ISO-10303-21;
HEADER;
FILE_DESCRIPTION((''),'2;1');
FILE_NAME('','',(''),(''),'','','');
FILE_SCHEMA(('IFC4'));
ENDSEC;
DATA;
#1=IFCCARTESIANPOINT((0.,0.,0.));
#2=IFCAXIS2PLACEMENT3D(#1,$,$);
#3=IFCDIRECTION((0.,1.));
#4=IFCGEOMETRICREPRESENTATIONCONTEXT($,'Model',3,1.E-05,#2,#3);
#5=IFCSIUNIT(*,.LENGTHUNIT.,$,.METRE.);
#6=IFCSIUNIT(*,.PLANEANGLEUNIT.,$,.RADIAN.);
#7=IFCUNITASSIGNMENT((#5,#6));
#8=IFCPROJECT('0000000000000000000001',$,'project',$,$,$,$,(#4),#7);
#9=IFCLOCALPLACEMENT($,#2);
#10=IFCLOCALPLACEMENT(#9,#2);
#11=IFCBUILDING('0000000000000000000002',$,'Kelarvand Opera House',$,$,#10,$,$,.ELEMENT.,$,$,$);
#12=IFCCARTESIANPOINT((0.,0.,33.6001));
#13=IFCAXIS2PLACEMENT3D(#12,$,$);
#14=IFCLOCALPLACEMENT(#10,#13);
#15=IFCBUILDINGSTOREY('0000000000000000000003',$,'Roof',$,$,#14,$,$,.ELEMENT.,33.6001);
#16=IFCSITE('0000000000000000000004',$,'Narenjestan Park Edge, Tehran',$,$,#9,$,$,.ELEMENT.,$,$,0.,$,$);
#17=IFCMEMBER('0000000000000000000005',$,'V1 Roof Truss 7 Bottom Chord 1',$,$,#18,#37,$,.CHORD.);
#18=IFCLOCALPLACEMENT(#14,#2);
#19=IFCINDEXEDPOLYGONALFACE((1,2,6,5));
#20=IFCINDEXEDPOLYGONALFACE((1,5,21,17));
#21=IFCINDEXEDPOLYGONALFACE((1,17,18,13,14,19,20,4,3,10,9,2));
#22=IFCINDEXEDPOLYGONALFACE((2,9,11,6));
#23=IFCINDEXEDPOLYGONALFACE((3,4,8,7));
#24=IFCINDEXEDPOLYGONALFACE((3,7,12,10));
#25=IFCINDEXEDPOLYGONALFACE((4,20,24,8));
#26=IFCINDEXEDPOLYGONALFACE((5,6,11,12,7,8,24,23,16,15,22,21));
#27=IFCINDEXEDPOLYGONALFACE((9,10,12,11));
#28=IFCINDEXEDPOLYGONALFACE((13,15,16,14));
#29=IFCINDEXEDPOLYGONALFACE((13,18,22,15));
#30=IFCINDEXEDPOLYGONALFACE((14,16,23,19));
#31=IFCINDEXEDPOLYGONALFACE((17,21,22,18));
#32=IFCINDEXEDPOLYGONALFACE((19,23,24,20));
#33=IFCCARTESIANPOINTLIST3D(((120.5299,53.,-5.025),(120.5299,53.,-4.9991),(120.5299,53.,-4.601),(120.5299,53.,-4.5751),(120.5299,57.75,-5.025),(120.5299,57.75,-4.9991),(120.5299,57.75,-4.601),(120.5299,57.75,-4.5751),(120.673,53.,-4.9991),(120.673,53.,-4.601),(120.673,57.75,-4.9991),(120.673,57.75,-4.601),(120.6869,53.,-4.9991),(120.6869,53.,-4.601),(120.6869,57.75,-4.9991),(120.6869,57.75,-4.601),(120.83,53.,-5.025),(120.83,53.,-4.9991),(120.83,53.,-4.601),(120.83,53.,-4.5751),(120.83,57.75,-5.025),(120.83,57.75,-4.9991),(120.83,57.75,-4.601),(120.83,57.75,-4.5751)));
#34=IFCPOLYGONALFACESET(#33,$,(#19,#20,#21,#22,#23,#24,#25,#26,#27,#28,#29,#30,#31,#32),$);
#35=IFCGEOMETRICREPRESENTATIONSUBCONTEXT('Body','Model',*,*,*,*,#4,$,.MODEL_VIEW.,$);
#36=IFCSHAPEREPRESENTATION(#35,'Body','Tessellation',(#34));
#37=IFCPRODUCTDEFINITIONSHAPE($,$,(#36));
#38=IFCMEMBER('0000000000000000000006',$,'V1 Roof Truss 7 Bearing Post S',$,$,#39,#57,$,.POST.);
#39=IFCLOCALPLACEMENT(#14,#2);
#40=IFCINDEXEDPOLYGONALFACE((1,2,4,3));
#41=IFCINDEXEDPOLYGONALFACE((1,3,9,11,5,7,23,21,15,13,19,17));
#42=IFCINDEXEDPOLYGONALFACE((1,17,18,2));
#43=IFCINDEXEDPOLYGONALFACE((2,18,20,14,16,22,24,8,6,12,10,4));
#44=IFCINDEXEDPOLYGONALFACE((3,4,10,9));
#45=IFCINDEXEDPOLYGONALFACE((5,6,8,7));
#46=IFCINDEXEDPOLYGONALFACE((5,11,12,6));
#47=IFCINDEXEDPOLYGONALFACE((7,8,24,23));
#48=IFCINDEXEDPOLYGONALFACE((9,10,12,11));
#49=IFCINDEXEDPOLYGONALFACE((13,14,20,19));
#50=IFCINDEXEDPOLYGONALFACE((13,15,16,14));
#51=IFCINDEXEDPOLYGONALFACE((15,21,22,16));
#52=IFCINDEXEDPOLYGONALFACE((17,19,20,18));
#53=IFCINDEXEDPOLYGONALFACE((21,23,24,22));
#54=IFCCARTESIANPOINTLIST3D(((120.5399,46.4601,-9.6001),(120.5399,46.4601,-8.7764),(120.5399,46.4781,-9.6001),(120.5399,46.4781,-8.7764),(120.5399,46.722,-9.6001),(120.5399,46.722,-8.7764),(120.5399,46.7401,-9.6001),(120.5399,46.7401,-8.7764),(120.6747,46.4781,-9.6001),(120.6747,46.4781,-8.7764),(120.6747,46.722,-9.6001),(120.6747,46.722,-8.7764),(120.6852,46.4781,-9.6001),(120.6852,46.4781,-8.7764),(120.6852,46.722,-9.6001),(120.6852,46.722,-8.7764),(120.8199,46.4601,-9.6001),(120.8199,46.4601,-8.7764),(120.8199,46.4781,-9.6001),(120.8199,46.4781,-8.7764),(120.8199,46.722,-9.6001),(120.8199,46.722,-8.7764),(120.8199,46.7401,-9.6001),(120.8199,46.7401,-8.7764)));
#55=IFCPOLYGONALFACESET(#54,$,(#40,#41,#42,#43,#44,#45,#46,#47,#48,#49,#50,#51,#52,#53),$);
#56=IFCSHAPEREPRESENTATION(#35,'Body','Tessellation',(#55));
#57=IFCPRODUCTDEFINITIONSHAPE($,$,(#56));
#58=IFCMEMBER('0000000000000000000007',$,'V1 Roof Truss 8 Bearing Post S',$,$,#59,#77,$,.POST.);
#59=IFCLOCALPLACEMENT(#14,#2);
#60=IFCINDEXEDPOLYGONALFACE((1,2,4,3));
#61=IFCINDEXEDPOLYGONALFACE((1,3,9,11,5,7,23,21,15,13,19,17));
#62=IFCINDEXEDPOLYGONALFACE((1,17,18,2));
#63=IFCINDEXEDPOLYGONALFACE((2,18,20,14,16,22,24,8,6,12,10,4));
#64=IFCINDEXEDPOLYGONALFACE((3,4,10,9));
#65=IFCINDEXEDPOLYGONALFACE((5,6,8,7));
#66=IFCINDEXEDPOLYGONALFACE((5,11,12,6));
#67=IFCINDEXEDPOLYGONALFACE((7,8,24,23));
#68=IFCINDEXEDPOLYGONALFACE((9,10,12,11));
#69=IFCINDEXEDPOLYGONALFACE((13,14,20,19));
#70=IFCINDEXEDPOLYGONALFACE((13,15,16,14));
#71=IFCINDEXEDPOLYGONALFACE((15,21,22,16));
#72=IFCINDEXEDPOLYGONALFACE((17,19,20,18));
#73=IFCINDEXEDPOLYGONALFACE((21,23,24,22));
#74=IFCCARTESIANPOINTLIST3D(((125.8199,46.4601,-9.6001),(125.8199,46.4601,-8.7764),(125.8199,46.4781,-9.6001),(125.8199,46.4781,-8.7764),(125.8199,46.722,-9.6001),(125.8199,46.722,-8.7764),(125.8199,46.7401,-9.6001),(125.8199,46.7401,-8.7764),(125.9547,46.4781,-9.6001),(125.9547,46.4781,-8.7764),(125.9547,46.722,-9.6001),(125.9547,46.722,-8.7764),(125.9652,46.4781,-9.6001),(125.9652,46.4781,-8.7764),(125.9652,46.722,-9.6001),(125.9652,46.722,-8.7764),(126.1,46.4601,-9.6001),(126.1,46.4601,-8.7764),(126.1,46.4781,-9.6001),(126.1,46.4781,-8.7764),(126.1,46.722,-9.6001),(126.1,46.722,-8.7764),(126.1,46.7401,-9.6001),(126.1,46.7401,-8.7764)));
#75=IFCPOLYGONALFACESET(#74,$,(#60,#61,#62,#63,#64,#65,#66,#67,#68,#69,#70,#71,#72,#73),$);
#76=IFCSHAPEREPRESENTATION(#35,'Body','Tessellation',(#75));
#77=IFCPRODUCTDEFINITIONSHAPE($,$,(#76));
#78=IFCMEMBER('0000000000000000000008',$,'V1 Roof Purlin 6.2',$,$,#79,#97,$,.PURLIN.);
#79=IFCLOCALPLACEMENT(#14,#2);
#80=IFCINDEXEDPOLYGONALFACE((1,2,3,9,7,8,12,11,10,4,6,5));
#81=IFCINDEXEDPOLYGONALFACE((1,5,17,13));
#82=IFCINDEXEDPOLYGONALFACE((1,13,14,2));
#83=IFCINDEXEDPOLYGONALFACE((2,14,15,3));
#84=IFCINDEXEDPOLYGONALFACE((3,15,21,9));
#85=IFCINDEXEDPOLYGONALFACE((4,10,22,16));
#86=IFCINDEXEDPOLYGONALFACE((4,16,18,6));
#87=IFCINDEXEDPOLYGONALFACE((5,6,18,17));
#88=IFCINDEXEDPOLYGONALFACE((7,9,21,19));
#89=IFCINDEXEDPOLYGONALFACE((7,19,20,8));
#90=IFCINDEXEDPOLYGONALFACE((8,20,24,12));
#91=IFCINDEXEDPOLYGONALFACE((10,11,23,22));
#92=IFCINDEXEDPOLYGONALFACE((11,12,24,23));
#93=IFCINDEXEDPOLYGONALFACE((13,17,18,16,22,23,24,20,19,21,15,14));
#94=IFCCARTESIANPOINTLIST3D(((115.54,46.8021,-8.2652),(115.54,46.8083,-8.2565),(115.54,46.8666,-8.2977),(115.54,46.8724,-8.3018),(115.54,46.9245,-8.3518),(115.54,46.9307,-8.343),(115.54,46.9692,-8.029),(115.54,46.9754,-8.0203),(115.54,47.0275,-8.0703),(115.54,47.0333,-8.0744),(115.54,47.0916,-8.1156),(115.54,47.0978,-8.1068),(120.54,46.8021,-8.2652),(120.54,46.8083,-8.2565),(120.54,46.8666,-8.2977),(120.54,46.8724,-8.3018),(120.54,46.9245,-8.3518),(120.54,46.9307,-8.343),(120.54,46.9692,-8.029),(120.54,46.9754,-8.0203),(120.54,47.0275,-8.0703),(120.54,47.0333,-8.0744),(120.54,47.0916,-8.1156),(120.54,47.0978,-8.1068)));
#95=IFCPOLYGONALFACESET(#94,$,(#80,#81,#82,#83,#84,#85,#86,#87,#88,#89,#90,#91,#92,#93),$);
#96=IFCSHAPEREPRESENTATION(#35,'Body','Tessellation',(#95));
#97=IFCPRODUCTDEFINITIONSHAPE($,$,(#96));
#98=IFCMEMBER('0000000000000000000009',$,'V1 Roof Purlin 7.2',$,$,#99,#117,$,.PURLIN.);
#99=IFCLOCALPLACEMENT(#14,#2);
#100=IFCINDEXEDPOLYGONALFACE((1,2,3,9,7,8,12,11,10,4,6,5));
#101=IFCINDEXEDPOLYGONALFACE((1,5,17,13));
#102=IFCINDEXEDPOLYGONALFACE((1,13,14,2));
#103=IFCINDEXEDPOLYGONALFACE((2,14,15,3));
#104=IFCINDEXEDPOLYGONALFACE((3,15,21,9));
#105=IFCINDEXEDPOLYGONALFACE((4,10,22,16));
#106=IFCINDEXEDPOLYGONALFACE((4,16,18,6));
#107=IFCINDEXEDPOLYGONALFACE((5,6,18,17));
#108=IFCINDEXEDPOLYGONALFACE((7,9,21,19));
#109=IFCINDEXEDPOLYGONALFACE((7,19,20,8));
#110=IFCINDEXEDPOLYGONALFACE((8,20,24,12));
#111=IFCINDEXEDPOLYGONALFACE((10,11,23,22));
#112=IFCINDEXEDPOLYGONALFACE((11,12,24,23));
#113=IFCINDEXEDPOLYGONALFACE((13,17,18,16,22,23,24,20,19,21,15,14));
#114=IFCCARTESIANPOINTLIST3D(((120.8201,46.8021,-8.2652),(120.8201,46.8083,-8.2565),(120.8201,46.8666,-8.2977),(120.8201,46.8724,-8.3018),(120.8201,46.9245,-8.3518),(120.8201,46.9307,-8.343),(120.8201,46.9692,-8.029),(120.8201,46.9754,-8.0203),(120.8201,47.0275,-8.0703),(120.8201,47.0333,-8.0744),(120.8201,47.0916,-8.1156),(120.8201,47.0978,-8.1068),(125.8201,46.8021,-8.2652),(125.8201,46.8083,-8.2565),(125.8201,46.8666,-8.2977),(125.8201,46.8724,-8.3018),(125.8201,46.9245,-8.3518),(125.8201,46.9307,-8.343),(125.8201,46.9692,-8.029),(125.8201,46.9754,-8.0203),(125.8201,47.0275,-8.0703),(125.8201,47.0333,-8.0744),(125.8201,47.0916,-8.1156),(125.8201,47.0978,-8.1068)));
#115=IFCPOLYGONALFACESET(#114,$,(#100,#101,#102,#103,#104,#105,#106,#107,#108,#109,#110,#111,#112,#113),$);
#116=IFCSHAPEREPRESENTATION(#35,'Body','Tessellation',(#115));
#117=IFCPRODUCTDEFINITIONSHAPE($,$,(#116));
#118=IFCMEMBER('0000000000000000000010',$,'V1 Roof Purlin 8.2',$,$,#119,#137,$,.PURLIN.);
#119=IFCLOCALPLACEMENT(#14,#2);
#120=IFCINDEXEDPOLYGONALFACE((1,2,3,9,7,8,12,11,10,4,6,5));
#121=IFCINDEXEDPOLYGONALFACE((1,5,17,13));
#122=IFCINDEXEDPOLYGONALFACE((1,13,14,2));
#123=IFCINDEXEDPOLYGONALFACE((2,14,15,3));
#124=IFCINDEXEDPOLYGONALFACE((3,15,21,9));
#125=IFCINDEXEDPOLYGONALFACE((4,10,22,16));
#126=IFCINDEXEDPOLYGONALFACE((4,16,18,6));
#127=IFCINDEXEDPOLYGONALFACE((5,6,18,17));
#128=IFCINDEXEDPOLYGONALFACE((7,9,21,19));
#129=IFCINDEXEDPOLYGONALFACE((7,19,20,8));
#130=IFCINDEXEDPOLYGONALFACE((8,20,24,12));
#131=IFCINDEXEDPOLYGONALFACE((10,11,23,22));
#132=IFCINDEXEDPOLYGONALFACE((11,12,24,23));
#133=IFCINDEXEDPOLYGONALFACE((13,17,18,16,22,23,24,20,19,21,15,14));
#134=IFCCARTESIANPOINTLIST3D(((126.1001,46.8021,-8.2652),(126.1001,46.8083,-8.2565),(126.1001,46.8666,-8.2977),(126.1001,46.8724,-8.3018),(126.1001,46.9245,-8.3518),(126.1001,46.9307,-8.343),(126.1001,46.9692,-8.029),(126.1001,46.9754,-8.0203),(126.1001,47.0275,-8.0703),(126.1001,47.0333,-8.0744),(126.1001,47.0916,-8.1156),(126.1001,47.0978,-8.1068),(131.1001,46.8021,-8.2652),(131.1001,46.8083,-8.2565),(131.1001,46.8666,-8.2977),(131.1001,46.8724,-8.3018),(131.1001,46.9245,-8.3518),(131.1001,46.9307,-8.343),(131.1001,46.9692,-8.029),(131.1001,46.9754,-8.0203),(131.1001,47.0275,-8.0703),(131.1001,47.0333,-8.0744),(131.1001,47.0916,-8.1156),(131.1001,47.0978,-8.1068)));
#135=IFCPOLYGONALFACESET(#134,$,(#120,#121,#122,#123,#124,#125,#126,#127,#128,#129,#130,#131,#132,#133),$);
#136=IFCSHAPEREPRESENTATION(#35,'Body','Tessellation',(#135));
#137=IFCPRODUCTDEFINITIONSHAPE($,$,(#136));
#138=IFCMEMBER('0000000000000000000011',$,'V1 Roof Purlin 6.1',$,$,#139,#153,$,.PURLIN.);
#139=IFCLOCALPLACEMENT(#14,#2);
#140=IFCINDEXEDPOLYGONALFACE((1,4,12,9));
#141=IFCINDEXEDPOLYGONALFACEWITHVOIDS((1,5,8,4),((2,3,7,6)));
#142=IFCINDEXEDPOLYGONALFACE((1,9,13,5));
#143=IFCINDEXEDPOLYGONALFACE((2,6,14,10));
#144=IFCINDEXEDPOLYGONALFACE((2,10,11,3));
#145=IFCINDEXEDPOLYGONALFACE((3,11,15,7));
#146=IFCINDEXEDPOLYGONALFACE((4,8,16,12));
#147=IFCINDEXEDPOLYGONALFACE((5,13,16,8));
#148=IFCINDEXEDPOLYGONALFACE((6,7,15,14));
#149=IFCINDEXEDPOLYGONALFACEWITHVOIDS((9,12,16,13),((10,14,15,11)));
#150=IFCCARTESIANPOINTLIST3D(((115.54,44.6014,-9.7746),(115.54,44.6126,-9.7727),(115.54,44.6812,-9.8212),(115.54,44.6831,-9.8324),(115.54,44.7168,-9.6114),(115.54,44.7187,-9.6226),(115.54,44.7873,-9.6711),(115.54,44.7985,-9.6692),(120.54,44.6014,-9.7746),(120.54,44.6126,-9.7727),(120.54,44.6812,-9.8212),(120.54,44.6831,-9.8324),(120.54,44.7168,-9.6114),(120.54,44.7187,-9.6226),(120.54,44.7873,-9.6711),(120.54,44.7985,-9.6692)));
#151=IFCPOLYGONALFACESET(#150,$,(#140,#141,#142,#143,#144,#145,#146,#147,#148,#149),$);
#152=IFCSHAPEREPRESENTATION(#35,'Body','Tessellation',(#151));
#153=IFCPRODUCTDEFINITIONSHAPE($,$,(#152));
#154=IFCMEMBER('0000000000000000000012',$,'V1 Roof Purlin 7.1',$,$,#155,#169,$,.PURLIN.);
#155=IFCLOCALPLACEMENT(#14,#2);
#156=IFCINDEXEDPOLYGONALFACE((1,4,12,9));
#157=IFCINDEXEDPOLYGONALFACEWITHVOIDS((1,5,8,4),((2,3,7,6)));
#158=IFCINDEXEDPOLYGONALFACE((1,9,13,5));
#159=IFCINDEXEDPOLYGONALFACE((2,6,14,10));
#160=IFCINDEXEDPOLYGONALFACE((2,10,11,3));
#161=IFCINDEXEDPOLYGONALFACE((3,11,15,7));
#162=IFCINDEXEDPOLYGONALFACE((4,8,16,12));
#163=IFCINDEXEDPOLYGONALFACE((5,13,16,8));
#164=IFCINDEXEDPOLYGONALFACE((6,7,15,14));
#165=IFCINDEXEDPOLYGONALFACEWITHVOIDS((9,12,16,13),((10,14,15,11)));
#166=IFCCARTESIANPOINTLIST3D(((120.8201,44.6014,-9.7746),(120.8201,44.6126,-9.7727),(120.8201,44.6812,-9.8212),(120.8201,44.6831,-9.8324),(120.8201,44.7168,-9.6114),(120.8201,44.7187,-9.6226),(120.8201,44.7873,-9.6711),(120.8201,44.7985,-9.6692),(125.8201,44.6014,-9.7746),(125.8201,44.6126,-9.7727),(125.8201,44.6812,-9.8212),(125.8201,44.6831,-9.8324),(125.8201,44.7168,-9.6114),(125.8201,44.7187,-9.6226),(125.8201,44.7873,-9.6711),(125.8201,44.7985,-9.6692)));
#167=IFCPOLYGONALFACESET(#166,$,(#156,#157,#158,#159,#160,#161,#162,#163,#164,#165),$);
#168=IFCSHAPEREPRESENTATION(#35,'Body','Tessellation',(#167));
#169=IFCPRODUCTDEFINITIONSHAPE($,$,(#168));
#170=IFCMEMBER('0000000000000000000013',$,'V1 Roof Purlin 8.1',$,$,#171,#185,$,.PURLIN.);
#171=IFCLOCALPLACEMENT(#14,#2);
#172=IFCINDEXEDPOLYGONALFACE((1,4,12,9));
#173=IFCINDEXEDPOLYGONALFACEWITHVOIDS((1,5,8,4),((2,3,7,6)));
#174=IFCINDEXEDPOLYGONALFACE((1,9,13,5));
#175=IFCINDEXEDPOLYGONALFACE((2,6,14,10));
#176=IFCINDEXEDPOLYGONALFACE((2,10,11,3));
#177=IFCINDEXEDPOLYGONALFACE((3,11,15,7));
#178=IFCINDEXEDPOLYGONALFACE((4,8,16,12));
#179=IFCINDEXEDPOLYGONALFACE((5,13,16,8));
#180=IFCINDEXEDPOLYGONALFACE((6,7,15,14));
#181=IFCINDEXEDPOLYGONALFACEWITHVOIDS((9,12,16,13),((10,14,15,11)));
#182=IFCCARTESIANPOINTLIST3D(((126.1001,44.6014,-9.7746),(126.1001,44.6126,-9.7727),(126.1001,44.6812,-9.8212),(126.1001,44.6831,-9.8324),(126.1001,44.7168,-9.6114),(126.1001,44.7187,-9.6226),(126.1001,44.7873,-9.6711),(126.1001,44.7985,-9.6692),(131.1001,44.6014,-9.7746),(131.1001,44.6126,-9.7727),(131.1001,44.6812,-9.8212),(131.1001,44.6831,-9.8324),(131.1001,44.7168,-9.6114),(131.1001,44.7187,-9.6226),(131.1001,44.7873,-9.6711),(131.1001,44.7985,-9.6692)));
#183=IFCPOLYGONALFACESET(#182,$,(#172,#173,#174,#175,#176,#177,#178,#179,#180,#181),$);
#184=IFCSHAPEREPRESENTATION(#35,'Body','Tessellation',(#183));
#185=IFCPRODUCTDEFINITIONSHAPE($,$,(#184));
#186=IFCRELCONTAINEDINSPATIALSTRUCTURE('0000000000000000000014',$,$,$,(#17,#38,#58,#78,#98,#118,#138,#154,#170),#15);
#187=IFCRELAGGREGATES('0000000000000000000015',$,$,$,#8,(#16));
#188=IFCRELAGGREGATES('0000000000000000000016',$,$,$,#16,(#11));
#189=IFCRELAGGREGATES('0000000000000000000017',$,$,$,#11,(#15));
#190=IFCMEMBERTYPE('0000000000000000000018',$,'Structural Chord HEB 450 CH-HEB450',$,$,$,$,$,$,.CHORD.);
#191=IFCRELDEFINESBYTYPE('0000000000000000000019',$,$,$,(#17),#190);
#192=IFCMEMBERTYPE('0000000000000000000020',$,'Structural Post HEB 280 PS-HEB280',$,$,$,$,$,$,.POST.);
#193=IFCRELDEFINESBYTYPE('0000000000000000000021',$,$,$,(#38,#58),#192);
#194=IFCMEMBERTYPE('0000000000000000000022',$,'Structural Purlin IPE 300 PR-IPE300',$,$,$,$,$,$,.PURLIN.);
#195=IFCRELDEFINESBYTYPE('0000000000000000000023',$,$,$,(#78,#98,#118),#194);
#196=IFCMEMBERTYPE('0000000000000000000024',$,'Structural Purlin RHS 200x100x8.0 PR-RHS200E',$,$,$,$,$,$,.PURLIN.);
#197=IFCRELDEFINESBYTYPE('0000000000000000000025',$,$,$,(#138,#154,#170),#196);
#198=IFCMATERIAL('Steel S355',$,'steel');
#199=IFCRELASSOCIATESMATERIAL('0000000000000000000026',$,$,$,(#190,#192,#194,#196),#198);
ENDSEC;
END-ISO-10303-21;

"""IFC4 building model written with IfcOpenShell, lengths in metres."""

from ifc_helpers import new_model, si_unit, direction, frame, origin, origin_2d, place, context, subcontext, project, spatial, hollow_rectangle, i_section, extrude, material, material_profile, profile_set, type_object, element, save


model = new_model("IFC4")

# Units and contexts
model_context = context("Model", 3, precision=1e-05, world=origin(), true_north=direction((0.0, 1.0)))
body_context = subcontext(model_context, "Body", "Model", "MODEL_VIEW")
ifc_project = project(units=[si_unit("LENGTHUNIT", "METRE"), si_unit("PLANEANGLEUNIT", "RADIAN")], contexts=[model_context])

# Site, building, storey
site_placement = place(None, origin())
site = spatial("IfcSite", under=ifc_project, at=site_placement, Name="Narenjestan Park Edge, Tehran", CompositionType="ELEMENT", RefElevation=0.0)
building_placement = place(site_placement, origin())
building = spatial("IfcBuilding", under=site, at=building_placement, Name="Kelarvand Opera House", CompositionType="ELEMENT")
storey_placement = place(building_placement, frame((0.0, 0.0, 33.6001)))
storey = spatial("IfcBuildingStorey", under=building, at=storey_placement, Name="Roof", CompositionType="ELEMENT", Elevation=33.6001)

# Members
ifc_material = material(Name="Steel S355", Category="steel")
ifc_material_profile_1 = material_profile(ifc_material, i_section(OverallWidth=0.3, OverallDepth=0.45, WebThickness=0.0139, FlangeThickness=0.0259, at=origin_2d()), Name="HEB 450", Category="steel")
ifc_profile_set_1 = profile_set([ifc_material_profile_1], Name="Steel S355")
member_type_1 = type_object("IfcMemberType", Name="Structural Chord HEB 450 CH-HEB450", PredefinedType="CHORD", material=ifc_profile_set_1)
for number, where, z_axis, x_axis, name in (
    (1, (120.6799, 53.0, -4.8), (0.0, 1.0, 0.0), (-1.0, 0.0, 0.0), "V1 Roof Truss 7 Bottom Chord 1"),
):
    element("IfcMember", number, at=place(storey_placement, frame(where, z_axis=z_axis, x_axis=x_axis)), inside=storey, type_object=member_type_1, Name=name, PredefinedType="CHORD", context=body_context, shape_type="SweptSolid", body=[
        extrude(i_section(OverallWidth=0.3, OverallDepth=0.45, WebThickness=0.0139, FlangeThickness=0.0259, at=origin_2d()), origin(), (0.0, 0.0, 1.0), 4.75),
    ])
ifc_material_profile_2 = material_profile(ifc_material, i_section(OverallWidth=0.28, OverallDepth=0.28, WebThickness=0.0105, FlangeThickness=0.0181, at=origin_2d()), Name="HEB 280", Category="steel")
ifc_profile_set_2 = profile_set([ifc_material_profile_2], Name="Steel S355")
member_type_2 = type_object("IfcMemberType", Name="Structural Post HEB 280 PS-HEB280", PredefinedType="POST", material=ifc_profile_set_2)
for number, where, z_axis, x_axis, name in (
    (2, (120.6799, 46.6001, -9.6001), (0.0, 0.0, 1.0), (1.0, 0.0, 0.0), "V1 Roof Truss 7 Bearing Post S"),
    (3, (125.96, 46.6001, -9.6001), (0.0, 0.0, 1.0), (1.0, 0.0, 0.0), "V1 Roof Truss 8 Bearing Post S"),
):
    element("IfcMember", number, at=place(storey_placement, frame(where, z_axis=z_axis, x_axis=x_axis)), inside=storey, type_object=member_type_2, Name=name, PredefinedType="POST", context=body_context, shape_type="SweptSolid", body=[
        extrude(i_section(OverallWidth=0.28, OverallDepth=0.28, WebThickness=0.0105, FlangeThickness=0.0181, at=origin_2d()), origin(), (0.0, 0.0, 1.0), 0.8237),
    ])
ifc_material_profile_3 = material_profile(ifc_material, i_section(OverallWidth=0.1499, OverallDepth=0.3, WebThickness=0.0071, FlangeThickness=0.0107, at=origin_2d()), Name="IPE 300", Category="steel")
ifc_profile_set_3 = profile_set([ifc_material_profile_3], Name="Steel S355")
member_type_3 = type_object("IfcMemberType", Name="Structural Purlin IPE 300 PR-IPE300", PredefinedType="PURLIN", material=ifc_profile_set_3)
for number, where, z_axis, x_axis, name in (
    (4, (115.54, 46.95, -8.186), (1.0, 0.0, 0.0), (0.0, 0.81644, -0.57743), "V1 Roof Purlin 6.2"),
    (5, (120.8201, 46.95, -8.186), (1.0, 0.0, 0.0), (0.0, 0.81644, -0.57743), "V1 Roof Purlin 7.2"),
    (6, (126.1001, 46.95, -8.186), (1.0, 0.0, 0.0), (0.0, 0.81644, -0.57743), "V1 Roof Purlin 8.2"),
):
    element("IfcMember", number, at=place(storey_placement, frame(where, z_axis=z_axis, x_axis=x_axis)), inside=storey, type_object=member_type_3, Name=name, PredefinedType="PURLIN", context=body_context, shape_type="SweptSolid", body=[
        extrude(i_section(OverallWidth=0.1499, OverallDepth=0.3, WebThickness=0.0071, FlangeThickness=0.0107, at=origin_2d()), origin(), (0.0, 0.0, 1.0), 5.0),
    ])
ifc_material_profile_4 = material_profile(ifc_material, hollow_rectangle(XDim=0.1001, YDim=0.2, WallThickness=0.0081, at=origin_2d()), Name="RHS 200x100x8.0", Category="steel")
ifc_profile_set_4 = profile_set([ifc_material_profile_4], Name="Steel S355")
member_type_4 = type_object("IfcMemberType", Name="Structural Purlin RHS 200x100x8.0 PR-RHS200E", PredefinedType="PURLIN", material=ifc_profile_set_4)
for number, where, z_axis, x_axis, name in (
    (7, (115.54, 44.7, -9.7219), (1.0, 0.0, 0.0), (0.0, 0.81644, -0.57743), "V1 Roof Purlin 6.1"),
    (8, (120.8201, 44.7, -9.7219), (1.0, 0.0, 0.0), (0.0, 0.81644, -0.57743), "V1 Roof Purlin 7.1"),
    (9, (126.1001, 44.7, -9.7219), (1.0, 0.0, 0.0), (0.0, 0.81644, -0.57743), "V1 Roof Purlin 8.1"),
):
    element("IfcMember", number, at=place(storey_placement, frame(where, z_axis=z_axis, x_axis=x_axis)), inside=storey, type_object=member_type_4, Name=name, PredefinedType="PURLIN", context=body_context, shape_type="SweptSolid", body=[
        extrude(hollow_rectangle(XDim=0.1001, YDim=0.2, WallThickness=0.0081, at=origin_2d()), origin(), (0.0, 0.0, 1.0), 5.0),
    ])

save(model, "model.ifc")
